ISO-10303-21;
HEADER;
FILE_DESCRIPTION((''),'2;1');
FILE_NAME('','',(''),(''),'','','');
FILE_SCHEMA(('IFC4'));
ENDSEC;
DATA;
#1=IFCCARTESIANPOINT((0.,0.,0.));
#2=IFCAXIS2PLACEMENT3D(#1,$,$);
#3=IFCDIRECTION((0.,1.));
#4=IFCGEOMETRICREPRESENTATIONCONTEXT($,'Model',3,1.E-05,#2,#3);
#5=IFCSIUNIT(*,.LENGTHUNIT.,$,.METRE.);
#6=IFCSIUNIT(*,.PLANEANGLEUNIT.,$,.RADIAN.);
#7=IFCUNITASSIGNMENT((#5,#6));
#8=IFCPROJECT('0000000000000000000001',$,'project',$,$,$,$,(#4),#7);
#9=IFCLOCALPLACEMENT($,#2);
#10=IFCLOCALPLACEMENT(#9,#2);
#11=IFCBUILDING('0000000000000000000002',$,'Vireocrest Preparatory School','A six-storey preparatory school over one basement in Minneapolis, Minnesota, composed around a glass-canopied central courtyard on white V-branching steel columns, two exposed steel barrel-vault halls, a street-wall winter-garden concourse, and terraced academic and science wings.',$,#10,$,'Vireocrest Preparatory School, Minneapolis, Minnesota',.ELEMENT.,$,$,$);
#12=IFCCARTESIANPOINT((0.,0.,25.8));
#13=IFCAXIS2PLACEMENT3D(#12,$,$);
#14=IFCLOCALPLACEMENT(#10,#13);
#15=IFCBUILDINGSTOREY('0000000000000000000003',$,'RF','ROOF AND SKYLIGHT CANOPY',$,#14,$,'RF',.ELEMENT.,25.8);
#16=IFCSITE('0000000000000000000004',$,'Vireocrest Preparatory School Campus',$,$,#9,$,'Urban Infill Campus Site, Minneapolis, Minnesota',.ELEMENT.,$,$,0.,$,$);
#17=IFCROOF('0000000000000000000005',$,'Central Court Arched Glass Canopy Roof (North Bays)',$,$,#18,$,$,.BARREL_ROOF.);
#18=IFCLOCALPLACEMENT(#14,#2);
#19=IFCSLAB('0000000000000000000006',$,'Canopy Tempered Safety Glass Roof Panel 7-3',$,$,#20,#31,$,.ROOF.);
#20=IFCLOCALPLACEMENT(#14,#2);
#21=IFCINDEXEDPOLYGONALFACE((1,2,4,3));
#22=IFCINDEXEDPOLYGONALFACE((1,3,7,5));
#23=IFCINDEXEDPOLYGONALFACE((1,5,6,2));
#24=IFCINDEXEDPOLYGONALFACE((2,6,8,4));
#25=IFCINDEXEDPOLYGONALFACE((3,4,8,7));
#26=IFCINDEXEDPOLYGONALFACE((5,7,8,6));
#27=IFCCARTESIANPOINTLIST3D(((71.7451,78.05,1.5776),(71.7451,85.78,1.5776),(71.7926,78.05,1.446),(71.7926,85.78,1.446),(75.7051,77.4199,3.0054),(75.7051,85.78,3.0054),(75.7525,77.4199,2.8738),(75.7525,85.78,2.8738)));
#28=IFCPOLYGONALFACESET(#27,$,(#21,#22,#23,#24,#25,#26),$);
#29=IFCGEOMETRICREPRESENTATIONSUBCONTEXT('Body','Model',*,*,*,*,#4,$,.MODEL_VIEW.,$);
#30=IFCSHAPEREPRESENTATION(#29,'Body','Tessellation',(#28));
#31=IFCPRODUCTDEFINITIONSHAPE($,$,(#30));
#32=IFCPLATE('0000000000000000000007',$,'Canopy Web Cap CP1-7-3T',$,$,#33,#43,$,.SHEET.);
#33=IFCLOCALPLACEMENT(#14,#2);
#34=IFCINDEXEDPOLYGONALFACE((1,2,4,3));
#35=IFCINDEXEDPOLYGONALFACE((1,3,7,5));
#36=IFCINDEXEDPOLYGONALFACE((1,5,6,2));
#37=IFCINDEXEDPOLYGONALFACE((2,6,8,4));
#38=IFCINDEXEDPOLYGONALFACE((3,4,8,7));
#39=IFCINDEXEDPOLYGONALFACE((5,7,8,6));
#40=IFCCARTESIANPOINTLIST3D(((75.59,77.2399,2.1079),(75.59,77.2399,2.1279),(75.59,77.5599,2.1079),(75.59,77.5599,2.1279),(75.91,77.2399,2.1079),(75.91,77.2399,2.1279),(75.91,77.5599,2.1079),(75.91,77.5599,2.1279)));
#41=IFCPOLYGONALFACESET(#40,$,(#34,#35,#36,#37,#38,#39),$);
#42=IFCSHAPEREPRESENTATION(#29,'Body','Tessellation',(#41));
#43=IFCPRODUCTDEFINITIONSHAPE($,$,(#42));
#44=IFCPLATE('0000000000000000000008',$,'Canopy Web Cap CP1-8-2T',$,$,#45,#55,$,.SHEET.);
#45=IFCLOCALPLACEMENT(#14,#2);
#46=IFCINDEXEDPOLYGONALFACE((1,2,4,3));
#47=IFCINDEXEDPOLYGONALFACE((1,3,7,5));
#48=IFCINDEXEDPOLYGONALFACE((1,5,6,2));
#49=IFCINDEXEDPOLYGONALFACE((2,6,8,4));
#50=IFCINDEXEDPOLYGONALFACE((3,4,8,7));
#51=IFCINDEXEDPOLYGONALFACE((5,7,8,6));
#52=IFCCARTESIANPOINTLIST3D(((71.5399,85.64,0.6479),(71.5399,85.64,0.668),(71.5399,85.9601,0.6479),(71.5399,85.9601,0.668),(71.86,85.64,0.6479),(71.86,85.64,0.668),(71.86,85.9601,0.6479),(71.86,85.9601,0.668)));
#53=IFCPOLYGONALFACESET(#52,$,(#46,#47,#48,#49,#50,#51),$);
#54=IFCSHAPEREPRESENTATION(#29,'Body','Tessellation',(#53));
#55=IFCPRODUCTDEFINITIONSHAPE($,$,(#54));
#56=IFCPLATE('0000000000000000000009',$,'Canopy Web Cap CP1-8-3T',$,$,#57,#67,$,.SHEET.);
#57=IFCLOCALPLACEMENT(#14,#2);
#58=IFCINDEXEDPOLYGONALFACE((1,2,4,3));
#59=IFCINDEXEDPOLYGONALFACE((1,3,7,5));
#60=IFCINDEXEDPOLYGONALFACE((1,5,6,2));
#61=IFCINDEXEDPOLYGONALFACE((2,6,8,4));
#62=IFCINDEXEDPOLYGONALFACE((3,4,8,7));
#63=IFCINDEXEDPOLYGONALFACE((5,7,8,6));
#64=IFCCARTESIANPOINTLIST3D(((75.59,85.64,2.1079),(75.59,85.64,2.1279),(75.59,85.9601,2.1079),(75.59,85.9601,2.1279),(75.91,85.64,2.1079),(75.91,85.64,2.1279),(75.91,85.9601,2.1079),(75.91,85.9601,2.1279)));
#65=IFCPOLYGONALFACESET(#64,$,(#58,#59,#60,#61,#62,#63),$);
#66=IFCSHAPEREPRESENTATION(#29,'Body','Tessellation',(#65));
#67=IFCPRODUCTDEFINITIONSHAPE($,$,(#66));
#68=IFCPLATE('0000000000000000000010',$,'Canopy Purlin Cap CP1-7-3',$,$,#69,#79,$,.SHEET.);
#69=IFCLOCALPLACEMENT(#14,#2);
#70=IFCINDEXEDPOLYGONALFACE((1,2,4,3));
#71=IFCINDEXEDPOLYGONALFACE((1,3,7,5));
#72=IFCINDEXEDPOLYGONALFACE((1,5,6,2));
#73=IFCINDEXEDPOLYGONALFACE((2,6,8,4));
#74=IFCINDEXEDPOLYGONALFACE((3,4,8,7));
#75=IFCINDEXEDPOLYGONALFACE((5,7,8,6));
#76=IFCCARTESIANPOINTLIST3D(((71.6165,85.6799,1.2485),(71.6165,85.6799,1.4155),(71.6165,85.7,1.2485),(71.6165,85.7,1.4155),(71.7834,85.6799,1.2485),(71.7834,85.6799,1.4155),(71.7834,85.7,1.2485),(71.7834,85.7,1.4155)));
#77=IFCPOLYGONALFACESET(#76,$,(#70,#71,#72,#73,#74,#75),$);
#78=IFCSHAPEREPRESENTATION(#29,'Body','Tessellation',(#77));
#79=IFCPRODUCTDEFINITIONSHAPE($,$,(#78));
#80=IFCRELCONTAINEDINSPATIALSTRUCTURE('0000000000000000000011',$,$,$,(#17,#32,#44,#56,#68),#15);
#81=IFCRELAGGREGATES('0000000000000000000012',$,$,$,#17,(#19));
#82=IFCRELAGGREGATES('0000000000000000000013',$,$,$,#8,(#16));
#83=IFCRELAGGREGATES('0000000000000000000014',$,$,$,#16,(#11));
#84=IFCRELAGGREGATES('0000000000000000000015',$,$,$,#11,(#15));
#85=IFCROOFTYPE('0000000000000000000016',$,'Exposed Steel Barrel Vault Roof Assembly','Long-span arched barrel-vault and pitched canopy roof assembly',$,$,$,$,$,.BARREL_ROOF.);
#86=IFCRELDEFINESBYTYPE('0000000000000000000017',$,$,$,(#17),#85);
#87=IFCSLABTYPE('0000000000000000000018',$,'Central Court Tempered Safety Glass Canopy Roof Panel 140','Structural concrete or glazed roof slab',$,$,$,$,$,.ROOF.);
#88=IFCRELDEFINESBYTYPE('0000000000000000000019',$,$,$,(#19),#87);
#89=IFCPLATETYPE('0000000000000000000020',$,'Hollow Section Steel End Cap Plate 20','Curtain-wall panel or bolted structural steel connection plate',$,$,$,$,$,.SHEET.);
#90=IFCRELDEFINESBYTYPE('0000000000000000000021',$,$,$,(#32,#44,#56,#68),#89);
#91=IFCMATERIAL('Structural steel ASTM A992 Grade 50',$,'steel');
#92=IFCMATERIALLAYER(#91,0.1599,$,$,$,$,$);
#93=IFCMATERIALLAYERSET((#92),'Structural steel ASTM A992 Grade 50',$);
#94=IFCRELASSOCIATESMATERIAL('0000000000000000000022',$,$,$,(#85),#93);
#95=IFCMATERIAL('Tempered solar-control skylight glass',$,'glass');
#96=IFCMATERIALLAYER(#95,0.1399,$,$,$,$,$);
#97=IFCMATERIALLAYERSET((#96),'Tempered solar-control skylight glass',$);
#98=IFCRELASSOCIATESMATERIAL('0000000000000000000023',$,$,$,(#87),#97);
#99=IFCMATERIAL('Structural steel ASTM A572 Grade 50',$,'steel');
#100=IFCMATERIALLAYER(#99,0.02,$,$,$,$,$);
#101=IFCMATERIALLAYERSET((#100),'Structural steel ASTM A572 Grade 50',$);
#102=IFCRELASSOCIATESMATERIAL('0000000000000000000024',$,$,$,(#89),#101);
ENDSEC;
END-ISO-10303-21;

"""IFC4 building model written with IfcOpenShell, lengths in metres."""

from ifc_helpers import new_model, si_unit, direction, frame, origin, origin_2d, place, context, subcontext, project, spatial, polyline, rectangle, outline, extrude, material, layer, layer_set, type_object, element, aggregate, save


model = new_model("IFC4")

# Units and contexts
model_context = context("Model", 3, precision=1e-05, world=origin(), true_north=direction((0.0, 1.0)))
body_context = subcontext(model_context, "Body", "Model", "MODEL_VIEW")
ifc_project = project(units=[si_unit("LENGTHUNIT", "METRE"), si_unit("PLANEANGLEUNIT", "RADIAN")], contexts=[model_context])

# Site, building, storey
site_placement = place(None, origin())
site = spatial("IfcSite", under=ifc_project, at=site_placement, Name="Vireocrest Preparatory School Campus", LongName="Urban Infill Campus Site, Minneapolis, Minnesota", CompositionType="ELEMENT", RefElevation=0.0)
building_placement = place(site_placement, origin())
building = spatial("IfcBuilding", under=site, at=building_placement, Name="Vireocrest Preparatory School", Description="A six-storey preparatory school over one basement in Minneapolis, Minnesota, composed around a glass-canopied central courtyard on white V-branching steel columns, two exposed steel barrel-vault halls, a street-wall winter-garden concourse, and terraced academic and science wings.", LongName="Vireocrest Preparatory School, Minneapolis, Minnesota", CompositionType="ELEMENT")
storey_placement = place(building_placement, frame((0.0, 0.0, 25.8)))
storey = spatial("IfcBuildingStorey", under=building, at=storey_placement, Name="RF", Description="ROOF AND SKYLIGHT CANOPY", LongName="RF", CompositionType="ELEMENT", Elevation=25.8)

# Shared definitions
ifc_material_1 = material(Name="Structural steel ASTM A992 Grade 50", Category="steel")

# Roof, slab
ifc_layer_1 = layer(ifc_material_1, 0.1599)
ifc_layer_set_1 = layer_set([ifc_layer_1], Name="Structural steel ASTM A992 Grade 50")
roof_type = type_object("IfcRoofType", Name="Exposed Steel Barrel Vault Roof Assembly", Description="Long-span arched barrel-vault and pitched canopy roof assembly", PredefinedType="BARREL_ROOF", material=ifc_layer_set_1)
roof_placement = place(storey_placement, origin())
roof = element("IfcRoof", 1, at=roof_placement, inside=storey, type_object=roof_type, Name="Central Court Arched Glass Canopy Roof (North Bays)", PredefinedType="BARREL_ROOF")
ifc_material_2 = material(Name="Tempered solar-control skylight glass", Category="glass")
ifc_layer_2 = layer(ifc_material_2, 0.1399)
ifc_layer_set_2 = layer_set([ifc_layer_2], Name="Tempered solar-control skylight glass")
slab_type = type_object("IfcSlabType", Name="Central Court Tempered Safety Glass Canopy Roof Panel 140", Description="Structural concrete or glazed roof slab", PredefinedType="ROOF", material=ifc_layer_set_2)
slab_1_placement = place(storey_placement, frame((71.7451, 78.05, 1.5776), z_axis=(-0.339171, 0.0, 0.940725), x_axis=(0.930359, -0.148043, 0.335434)))
slab_1 = element("IfcSlab", 2, at=slab_1_placement, type_object=slab_type, Name="Canopy Tempered Safety Glass Roof Panel 7-3", PredefinedType="ROOF", context=body_context, shape_type="SweptSolid", body=[
    extrude(outline(polyline([(0.0, 0.0), (4.2564, 0.0), (3.0187, 8.268), (-1.1444, 7.6448), (0.0, 0.0)])), origin(), (0.0, 0.0, -1.0), 0.1399),
])
aggregate(roof, [slab_1])

# Plates
ifc_material_3 = material(Name="Structural steel ASTM A572 Grade 50", Category="steel")
ifc_layer_3 = layer(ifc_material_3, 0.02)
ifc_layer_set_3 = layer_set([ifc_layer_3], Name="Structural steel ASTM A572 Grade 50")
plate_type = type_object("IfcPlateType", Name="Hollow Section Steel End Cap Plate 20", Description="Curtain-wall panel or bolted structural steel connection plate", PredefinedType="SHEET", material=ifc_layer_set_3)
for number, where, z_axis, x_axis, name in (
    (3, (75.75, 77.3999, 2.1079), (0.0, 0.0, 1.0), (1.0, 0.0, 0.0), "Canopy Web Cap CP1-7-3T"),
    (4, (71.7, 85.8, 0.6479), (0.0, 0.0, 1.0), (1.0, 0.0, 0.0), "Canopy Web Cap CP1-8-2T"),
    (5, (75.75, 85.8, 2.1079), (0.0, 0.0, 1.0), (1.0, 0.0, 0.0), "Canopy Web Cap CP1-8-3T"),
):
    element("IfcPlate", number, at=place(storey_placement, frame(where, z_axis=z_axis, x_axis=x_axis)), inside=storey, type_object=plate_type, Name=name, PredefinedType="SHEET", context=body_context, shape_type="SweptSolid", body=[
        extrude(rectangle(XDim=0.3201, YDim=0.3201, at=origin_2d()), origin(), (0.0, 0.0, 1.0), 0.02),
    ])
plate_placement = place(storey_placement, frame((71.7, 85.6899, 1.2485), z_axis=(0.0, 0.0, 1.0), x_axis=(1.0, 0.0, 0.0)))
element("IfcPlate", 6, at=plate_placement, inside=storey, type_object=plate_type, Name="Canopy Purlin Cap CP1-7-3", PredefinedType="SHEET", context=body_context, shape_type="SweptSolid", body=[
    extrude(rectangle(XDim=0.167, YDim=0.02, at=origin_2d()), origin(), (0.0, 0.0, 1.0), 0.167),
])

save(model, "model.ifc")
